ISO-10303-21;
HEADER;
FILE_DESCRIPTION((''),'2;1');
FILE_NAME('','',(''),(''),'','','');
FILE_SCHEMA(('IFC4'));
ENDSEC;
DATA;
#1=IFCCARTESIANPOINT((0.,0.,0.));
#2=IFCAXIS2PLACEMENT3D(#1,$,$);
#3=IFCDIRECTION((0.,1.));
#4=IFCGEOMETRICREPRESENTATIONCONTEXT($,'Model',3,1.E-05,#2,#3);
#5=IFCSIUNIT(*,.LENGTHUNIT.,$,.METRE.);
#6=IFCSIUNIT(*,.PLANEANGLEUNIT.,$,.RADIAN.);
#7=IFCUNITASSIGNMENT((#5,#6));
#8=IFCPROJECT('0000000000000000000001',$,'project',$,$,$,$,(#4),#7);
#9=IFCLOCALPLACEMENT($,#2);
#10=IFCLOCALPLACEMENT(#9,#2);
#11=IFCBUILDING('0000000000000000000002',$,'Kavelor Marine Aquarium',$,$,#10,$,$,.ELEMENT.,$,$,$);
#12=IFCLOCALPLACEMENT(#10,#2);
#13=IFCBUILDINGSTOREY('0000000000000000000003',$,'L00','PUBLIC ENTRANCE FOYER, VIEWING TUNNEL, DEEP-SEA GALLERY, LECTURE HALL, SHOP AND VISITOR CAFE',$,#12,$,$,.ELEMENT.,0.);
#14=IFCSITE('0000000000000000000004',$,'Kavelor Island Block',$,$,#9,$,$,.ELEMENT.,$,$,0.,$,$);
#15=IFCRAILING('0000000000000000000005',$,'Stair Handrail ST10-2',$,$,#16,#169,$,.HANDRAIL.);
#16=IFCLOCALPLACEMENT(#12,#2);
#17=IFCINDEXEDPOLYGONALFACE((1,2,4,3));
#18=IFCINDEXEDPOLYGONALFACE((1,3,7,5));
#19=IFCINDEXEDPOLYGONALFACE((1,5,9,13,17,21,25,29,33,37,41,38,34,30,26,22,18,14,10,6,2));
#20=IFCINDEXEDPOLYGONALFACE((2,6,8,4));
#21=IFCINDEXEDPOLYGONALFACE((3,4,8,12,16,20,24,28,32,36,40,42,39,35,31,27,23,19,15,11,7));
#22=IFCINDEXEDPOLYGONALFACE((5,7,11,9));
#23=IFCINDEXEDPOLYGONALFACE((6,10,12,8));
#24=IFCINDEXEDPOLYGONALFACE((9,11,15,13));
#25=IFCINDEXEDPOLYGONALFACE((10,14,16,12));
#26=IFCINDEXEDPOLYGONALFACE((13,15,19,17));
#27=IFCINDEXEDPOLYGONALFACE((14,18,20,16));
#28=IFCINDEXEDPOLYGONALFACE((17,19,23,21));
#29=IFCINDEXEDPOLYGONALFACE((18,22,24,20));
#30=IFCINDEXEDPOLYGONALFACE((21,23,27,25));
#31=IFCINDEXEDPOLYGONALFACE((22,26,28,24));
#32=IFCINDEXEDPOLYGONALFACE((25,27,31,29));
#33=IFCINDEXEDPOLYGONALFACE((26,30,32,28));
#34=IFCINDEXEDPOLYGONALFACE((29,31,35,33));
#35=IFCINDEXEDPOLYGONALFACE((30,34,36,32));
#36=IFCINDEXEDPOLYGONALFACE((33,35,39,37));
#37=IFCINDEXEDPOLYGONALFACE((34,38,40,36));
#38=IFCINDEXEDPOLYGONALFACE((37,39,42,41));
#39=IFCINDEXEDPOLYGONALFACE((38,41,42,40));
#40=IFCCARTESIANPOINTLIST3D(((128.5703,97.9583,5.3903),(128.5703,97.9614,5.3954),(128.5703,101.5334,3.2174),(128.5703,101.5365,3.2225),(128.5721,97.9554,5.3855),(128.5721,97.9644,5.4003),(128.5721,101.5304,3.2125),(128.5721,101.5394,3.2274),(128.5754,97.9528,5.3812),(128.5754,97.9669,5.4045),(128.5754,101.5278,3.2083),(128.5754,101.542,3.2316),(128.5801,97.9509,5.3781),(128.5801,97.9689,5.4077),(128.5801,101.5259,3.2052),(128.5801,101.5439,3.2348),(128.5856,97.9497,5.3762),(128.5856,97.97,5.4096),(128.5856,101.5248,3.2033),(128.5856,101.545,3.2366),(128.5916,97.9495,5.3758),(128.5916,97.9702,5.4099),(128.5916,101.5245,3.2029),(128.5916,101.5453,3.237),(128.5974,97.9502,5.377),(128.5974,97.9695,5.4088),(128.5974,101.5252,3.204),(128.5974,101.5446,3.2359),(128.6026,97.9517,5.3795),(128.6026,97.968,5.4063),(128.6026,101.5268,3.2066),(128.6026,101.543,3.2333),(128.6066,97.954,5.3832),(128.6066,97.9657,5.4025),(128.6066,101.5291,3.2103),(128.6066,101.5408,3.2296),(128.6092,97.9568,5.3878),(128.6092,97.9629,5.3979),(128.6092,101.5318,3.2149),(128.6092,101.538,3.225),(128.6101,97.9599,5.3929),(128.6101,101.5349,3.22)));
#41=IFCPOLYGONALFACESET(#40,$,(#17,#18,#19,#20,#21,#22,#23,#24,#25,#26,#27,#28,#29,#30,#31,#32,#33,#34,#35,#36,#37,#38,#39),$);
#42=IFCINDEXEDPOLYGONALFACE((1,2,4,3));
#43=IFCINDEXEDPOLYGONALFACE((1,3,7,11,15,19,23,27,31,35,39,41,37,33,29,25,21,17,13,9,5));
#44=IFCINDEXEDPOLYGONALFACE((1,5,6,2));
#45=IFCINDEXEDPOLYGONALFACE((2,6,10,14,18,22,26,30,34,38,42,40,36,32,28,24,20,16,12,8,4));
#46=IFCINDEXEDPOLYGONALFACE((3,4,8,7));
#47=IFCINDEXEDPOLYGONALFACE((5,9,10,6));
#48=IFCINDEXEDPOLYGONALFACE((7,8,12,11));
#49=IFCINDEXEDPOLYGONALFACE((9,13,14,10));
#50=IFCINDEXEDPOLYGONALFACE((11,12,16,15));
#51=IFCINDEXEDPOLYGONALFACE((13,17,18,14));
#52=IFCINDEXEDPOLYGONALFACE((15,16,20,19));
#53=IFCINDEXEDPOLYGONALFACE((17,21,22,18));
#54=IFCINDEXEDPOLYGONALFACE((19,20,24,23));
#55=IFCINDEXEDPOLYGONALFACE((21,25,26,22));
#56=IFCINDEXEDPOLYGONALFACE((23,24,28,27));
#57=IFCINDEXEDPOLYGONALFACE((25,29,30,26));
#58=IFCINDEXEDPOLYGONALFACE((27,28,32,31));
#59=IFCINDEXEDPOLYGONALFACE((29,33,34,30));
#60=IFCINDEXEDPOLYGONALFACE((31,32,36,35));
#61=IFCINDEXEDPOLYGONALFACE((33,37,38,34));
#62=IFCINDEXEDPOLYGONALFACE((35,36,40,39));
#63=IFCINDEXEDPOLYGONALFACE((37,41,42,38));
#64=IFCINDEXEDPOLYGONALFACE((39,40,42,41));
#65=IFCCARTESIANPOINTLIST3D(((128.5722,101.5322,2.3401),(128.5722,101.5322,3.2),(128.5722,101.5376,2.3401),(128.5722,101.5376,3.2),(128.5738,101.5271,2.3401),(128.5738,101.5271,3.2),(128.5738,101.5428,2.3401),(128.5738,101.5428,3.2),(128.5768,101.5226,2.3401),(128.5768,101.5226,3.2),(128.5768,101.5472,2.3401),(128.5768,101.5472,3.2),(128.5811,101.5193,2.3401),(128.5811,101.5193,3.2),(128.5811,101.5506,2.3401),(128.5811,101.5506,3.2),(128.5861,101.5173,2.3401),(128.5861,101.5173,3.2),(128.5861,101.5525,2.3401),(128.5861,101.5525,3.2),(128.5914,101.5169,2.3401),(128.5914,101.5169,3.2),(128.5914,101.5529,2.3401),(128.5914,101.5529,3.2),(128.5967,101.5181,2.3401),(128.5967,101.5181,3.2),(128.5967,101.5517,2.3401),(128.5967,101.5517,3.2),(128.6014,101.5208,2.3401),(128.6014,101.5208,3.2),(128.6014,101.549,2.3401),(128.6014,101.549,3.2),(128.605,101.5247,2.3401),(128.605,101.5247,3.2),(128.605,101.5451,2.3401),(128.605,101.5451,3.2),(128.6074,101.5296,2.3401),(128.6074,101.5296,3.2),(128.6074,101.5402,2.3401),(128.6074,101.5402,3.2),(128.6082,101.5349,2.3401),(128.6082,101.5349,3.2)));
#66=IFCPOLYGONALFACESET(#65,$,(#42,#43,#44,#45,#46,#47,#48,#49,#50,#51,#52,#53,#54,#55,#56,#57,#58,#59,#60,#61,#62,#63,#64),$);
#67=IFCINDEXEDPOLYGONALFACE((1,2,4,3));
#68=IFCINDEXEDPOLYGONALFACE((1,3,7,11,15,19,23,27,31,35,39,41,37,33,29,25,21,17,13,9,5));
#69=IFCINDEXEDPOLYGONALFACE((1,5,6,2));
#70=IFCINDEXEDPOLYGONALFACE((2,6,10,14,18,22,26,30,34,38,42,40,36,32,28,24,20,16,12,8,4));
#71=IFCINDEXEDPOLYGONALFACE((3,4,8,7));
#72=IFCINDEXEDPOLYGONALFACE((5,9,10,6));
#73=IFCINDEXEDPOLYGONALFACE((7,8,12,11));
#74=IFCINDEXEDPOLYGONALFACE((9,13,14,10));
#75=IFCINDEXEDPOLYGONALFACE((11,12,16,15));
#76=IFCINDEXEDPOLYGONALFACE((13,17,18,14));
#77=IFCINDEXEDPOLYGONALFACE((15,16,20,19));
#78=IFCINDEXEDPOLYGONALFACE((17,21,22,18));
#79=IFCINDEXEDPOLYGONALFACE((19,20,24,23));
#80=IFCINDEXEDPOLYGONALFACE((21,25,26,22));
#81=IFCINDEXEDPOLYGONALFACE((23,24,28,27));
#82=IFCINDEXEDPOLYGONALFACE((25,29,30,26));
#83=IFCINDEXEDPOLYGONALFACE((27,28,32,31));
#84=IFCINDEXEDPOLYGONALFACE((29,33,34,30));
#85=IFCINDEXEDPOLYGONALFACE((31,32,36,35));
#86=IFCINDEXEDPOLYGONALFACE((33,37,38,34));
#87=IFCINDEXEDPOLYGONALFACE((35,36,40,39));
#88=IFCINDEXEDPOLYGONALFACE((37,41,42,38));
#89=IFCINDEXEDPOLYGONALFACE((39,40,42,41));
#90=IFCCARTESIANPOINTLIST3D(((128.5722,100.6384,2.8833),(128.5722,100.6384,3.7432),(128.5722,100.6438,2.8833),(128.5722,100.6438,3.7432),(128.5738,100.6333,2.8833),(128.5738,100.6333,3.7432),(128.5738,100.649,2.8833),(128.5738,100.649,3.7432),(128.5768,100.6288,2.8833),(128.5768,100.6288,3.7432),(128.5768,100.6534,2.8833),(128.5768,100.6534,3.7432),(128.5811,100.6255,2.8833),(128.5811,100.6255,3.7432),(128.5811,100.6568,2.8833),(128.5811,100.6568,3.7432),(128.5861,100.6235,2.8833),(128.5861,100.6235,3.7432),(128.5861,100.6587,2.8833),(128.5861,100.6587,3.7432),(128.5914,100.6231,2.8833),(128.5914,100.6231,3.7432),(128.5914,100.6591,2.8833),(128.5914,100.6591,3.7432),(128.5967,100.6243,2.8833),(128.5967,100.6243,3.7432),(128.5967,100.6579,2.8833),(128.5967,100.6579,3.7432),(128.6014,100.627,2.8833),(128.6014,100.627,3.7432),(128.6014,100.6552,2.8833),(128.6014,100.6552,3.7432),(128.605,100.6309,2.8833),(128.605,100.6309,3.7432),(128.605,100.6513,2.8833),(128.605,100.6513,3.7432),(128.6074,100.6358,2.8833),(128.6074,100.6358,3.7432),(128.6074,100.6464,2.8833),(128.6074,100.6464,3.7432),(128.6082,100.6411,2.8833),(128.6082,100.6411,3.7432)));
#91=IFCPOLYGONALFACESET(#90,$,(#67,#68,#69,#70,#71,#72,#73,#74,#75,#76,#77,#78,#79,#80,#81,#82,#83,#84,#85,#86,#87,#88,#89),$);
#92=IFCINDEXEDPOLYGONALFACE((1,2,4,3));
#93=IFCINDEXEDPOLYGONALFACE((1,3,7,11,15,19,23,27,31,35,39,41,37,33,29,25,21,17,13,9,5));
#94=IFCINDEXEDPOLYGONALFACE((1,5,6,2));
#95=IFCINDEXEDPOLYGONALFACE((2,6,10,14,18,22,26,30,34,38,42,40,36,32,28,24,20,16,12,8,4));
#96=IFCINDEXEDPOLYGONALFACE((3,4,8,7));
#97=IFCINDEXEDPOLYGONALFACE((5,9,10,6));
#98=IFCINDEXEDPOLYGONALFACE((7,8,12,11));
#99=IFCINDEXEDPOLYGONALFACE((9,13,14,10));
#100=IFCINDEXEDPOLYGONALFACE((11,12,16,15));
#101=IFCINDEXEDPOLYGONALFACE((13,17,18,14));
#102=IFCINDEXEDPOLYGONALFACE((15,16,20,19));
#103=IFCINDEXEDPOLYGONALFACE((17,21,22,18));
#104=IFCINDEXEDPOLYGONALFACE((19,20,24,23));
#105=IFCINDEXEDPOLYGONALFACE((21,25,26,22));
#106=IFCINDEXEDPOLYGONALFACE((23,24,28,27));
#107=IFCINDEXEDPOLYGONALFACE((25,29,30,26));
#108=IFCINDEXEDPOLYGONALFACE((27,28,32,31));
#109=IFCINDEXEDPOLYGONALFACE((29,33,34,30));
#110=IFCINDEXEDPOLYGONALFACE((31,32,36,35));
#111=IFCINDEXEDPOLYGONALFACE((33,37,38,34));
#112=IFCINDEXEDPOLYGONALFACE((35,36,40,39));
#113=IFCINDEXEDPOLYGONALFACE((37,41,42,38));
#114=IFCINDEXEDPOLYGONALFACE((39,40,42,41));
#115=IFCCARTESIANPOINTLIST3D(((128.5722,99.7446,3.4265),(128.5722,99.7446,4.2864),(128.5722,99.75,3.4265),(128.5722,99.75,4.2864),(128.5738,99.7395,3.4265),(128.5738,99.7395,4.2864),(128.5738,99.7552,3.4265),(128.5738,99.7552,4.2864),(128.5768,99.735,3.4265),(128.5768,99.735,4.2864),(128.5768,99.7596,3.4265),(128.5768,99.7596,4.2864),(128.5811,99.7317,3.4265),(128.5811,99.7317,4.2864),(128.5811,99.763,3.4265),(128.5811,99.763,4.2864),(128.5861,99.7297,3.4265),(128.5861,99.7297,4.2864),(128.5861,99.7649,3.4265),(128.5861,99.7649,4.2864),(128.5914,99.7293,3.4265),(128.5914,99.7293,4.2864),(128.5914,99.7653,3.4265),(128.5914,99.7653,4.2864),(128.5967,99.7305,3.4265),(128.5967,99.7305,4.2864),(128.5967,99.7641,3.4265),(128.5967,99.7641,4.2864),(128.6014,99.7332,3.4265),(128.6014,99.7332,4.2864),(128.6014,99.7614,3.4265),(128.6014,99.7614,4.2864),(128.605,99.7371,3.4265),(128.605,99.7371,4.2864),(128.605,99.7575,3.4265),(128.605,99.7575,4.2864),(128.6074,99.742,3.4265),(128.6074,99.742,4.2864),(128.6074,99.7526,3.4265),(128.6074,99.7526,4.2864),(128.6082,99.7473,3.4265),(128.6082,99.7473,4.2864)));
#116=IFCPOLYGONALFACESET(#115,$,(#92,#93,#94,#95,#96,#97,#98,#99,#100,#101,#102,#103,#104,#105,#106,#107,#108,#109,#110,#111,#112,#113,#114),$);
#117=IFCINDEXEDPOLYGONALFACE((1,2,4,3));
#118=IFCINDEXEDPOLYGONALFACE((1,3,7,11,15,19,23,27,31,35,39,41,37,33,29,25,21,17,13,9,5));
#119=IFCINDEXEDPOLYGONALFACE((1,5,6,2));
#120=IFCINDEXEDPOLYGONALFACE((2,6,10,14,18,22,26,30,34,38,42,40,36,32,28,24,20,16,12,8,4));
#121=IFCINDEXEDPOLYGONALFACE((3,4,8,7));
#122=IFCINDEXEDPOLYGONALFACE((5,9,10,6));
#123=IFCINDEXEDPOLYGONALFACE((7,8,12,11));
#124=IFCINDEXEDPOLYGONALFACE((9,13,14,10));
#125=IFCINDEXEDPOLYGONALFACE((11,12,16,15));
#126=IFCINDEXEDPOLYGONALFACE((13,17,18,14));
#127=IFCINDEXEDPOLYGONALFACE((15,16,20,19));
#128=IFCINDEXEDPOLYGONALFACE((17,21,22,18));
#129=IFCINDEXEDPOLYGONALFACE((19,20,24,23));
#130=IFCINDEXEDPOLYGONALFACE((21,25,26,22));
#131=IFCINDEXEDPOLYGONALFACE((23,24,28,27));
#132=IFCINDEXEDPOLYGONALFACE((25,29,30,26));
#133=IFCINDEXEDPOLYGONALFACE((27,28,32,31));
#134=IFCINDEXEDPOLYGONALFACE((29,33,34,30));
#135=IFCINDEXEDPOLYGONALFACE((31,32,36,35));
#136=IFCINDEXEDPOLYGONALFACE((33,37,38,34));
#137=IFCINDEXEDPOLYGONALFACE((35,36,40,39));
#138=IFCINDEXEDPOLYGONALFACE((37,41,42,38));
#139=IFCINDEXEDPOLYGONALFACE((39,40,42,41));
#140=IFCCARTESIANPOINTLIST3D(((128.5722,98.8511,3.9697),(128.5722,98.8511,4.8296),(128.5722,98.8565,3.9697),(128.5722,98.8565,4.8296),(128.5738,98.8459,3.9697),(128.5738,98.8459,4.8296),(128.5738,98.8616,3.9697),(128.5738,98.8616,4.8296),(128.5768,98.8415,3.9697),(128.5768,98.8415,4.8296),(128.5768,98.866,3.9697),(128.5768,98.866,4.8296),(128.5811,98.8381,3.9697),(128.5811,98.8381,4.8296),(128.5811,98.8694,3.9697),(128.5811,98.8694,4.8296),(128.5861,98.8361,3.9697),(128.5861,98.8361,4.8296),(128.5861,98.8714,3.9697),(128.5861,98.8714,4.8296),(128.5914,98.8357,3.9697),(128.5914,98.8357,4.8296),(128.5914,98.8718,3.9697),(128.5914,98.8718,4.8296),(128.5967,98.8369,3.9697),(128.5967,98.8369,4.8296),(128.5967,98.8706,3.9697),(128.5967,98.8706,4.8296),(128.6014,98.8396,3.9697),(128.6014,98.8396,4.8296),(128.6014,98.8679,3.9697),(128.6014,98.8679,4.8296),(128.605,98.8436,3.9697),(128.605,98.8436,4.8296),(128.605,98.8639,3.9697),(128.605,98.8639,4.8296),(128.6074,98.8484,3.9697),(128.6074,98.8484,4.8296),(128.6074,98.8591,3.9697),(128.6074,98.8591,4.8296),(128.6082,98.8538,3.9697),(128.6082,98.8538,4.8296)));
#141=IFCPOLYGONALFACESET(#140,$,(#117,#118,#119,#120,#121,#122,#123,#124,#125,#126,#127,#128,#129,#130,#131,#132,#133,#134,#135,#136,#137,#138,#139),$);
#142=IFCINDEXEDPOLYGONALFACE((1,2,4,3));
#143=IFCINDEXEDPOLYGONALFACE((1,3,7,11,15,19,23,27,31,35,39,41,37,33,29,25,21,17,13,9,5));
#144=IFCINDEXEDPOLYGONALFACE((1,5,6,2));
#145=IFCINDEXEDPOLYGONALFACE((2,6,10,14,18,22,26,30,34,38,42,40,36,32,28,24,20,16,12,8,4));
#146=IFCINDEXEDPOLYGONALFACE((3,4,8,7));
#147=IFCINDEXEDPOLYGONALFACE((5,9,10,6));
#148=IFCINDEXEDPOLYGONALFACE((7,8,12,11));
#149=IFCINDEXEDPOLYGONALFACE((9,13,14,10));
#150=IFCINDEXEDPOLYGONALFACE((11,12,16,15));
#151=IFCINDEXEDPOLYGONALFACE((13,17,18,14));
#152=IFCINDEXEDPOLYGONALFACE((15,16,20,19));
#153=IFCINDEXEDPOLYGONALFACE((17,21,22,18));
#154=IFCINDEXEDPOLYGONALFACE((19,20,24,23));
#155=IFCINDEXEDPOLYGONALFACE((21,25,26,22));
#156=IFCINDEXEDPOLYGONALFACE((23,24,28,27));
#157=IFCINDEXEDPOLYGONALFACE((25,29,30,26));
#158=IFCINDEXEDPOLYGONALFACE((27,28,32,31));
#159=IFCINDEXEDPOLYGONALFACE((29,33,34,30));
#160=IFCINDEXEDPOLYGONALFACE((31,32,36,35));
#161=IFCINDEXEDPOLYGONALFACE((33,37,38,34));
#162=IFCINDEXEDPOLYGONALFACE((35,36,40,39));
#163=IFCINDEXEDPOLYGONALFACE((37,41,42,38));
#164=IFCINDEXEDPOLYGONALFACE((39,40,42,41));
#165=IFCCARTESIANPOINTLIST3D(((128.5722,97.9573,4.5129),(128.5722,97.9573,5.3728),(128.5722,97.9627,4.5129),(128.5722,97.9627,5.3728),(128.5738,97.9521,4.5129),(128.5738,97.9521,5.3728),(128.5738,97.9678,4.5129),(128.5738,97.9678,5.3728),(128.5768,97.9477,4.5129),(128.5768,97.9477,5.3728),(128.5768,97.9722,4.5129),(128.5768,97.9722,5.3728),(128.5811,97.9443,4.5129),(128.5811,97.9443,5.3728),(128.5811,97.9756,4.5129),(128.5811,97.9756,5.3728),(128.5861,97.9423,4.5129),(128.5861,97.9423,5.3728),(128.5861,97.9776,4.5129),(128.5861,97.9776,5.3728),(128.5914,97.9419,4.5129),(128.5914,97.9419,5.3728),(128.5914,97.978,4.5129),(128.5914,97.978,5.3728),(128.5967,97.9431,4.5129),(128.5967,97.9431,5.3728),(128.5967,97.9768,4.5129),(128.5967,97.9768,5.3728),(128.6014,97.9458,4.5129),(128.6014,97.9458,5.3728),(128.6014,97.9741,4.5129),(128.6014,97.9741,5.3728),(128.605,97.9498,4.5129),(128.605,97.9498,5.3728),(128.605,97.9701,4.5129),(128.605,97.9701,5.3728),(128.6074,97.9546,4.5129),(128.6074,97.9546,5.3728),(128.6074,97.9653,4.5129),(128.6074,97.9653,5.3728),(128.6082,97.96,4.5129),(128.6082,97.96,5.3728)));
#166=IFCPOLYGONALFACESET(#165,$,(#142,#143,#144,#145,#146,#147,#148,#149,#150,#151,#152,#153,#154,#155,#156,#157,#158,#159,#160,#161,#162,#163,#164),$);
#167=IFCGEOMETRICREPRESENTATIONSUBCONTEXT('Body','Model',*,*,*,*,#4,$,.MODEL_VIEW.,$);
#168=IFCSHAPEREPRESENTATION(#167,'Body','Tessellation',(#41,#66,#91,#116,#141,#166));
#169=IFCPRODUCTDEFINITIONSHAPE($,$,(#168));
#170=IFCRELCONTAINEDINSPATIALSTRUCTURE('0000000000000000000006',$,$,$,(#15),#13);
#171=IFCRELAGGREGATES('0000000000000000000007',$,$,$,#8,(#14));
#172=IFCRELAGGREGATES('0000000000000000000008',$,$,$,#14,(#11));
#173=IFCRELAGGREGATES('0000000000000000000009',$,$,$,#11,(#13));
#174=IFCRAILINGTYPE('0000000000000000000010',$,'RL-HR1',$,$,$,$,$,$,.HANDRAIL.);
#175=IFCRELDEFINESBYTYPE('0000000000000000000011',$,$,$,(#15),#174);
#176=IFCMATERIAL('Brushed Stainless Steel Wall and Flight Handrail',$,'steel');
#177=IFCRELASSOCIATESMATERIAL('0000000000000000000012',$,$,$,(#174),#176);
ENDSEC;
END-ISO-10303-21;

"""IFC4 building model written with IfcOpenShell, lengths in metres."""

from ifc_helpers import new_model, si_unit, direction, frame, origin, origin_2d, place, context, subcontext, project, spatial, circle, extrude, material, type_object, element, save


model = new_model("IFC4")

# Units and contexts
model_context = context("Model", 3, precision=1e-05, world=origin(), true_north=direction((0.0, 1.0)))
body_context = subcontext(model_context, "Body", "Model", "MODEL_VIEW")
ifc_project = project(units=[si_unit("LENGTHUNIT", "METRE"), si_unit("PLANEANGLEUNIT", "RADIAN")], contexts=[model_context])

# Site, building, storey
site_placement = place(None, origin())
site = spatial("IfcSite", under=ifc_project, at=site_placement, Name="Kavelor Island Block", CompositionType="ELEMENT", RefElevation=0.0)
building_placement = place(site_placement, origin())
building = spatial("IfcBuilding", under=site, at=building_placement, Name="Kavelor Marine Aquarium", CompositionType="ELEMENT")
storey_placement = place(building_placement, origin())
storey = spatial("IfcBuildingStorey", under=building, at=storey_placement, Name="L00", Description="PUBLIC ENTRANCE FOYER, VIEWING TUNNEL, DEEP-SEA GALLERY, LECTURE HALL, SHOP AND VISITOR CAFE", CompositionType="ELEMENT", Elevation=0.0)

# Railing
ifc_material_1 = material(Name="Brushed Stainless Steel Wall and Flight Handrail", Category="steel")
railing_type_1 = type_object("IfcRailingType", Name="RL-HR1", PredefinedType="HANDRAIL", material=ifc_material_1)
railing_1_placement = place(storey_placement, frame((128.5901, 101.5349, 2.3401)))
element("IfcRailing", 1, at=railing_1_placement, inside=storey, type_object=railing_type_1, Name="Stair Handrail ST10-2", PredefinedType="HANDRAIL", context=body_context, shape_type="SweptSolid", body=[
    extrude(circle(Radius=0.02, at=origin_2d()), frame((0.0, 0.0, 0.8799), z_axis=(0.0, -0.854539, 0.519388), x_axis=(1.0, 0.0, 0.0)), (0.0, 0.0, 1.0), 4.1836),
    extrude(circle(Radius=0.0181, at=origin_2d()), origin(), (0.0, 0.0, 1.0), 0.8599),
    extrude(circle(Radius=0.0181, at=origin_2d()), frame((0.0, -0.8938, 0.5432)), (0.0, 0.0, 1.0), 0.8599),
    extrude(circle(Radius=0.0181, at=origin_2d()), frame((0.0, -1.7876, 1.0864)), (0.0, 0.0, 1.0), 0.8599),
    extrude(circle(Radius=0.0181, at=origin_2d()), frame((0.0, -2.6812, 1.6296)), (0.0, 0.0, 1.0), 0.8599),
    extrude(circle(Radius=0.0181, at=origin_2d()), frame((0.0, -3.575, 2.1729)), (0.0, 0.0, 1.0), 0.8599),
])

save(model, "model.ifc")
